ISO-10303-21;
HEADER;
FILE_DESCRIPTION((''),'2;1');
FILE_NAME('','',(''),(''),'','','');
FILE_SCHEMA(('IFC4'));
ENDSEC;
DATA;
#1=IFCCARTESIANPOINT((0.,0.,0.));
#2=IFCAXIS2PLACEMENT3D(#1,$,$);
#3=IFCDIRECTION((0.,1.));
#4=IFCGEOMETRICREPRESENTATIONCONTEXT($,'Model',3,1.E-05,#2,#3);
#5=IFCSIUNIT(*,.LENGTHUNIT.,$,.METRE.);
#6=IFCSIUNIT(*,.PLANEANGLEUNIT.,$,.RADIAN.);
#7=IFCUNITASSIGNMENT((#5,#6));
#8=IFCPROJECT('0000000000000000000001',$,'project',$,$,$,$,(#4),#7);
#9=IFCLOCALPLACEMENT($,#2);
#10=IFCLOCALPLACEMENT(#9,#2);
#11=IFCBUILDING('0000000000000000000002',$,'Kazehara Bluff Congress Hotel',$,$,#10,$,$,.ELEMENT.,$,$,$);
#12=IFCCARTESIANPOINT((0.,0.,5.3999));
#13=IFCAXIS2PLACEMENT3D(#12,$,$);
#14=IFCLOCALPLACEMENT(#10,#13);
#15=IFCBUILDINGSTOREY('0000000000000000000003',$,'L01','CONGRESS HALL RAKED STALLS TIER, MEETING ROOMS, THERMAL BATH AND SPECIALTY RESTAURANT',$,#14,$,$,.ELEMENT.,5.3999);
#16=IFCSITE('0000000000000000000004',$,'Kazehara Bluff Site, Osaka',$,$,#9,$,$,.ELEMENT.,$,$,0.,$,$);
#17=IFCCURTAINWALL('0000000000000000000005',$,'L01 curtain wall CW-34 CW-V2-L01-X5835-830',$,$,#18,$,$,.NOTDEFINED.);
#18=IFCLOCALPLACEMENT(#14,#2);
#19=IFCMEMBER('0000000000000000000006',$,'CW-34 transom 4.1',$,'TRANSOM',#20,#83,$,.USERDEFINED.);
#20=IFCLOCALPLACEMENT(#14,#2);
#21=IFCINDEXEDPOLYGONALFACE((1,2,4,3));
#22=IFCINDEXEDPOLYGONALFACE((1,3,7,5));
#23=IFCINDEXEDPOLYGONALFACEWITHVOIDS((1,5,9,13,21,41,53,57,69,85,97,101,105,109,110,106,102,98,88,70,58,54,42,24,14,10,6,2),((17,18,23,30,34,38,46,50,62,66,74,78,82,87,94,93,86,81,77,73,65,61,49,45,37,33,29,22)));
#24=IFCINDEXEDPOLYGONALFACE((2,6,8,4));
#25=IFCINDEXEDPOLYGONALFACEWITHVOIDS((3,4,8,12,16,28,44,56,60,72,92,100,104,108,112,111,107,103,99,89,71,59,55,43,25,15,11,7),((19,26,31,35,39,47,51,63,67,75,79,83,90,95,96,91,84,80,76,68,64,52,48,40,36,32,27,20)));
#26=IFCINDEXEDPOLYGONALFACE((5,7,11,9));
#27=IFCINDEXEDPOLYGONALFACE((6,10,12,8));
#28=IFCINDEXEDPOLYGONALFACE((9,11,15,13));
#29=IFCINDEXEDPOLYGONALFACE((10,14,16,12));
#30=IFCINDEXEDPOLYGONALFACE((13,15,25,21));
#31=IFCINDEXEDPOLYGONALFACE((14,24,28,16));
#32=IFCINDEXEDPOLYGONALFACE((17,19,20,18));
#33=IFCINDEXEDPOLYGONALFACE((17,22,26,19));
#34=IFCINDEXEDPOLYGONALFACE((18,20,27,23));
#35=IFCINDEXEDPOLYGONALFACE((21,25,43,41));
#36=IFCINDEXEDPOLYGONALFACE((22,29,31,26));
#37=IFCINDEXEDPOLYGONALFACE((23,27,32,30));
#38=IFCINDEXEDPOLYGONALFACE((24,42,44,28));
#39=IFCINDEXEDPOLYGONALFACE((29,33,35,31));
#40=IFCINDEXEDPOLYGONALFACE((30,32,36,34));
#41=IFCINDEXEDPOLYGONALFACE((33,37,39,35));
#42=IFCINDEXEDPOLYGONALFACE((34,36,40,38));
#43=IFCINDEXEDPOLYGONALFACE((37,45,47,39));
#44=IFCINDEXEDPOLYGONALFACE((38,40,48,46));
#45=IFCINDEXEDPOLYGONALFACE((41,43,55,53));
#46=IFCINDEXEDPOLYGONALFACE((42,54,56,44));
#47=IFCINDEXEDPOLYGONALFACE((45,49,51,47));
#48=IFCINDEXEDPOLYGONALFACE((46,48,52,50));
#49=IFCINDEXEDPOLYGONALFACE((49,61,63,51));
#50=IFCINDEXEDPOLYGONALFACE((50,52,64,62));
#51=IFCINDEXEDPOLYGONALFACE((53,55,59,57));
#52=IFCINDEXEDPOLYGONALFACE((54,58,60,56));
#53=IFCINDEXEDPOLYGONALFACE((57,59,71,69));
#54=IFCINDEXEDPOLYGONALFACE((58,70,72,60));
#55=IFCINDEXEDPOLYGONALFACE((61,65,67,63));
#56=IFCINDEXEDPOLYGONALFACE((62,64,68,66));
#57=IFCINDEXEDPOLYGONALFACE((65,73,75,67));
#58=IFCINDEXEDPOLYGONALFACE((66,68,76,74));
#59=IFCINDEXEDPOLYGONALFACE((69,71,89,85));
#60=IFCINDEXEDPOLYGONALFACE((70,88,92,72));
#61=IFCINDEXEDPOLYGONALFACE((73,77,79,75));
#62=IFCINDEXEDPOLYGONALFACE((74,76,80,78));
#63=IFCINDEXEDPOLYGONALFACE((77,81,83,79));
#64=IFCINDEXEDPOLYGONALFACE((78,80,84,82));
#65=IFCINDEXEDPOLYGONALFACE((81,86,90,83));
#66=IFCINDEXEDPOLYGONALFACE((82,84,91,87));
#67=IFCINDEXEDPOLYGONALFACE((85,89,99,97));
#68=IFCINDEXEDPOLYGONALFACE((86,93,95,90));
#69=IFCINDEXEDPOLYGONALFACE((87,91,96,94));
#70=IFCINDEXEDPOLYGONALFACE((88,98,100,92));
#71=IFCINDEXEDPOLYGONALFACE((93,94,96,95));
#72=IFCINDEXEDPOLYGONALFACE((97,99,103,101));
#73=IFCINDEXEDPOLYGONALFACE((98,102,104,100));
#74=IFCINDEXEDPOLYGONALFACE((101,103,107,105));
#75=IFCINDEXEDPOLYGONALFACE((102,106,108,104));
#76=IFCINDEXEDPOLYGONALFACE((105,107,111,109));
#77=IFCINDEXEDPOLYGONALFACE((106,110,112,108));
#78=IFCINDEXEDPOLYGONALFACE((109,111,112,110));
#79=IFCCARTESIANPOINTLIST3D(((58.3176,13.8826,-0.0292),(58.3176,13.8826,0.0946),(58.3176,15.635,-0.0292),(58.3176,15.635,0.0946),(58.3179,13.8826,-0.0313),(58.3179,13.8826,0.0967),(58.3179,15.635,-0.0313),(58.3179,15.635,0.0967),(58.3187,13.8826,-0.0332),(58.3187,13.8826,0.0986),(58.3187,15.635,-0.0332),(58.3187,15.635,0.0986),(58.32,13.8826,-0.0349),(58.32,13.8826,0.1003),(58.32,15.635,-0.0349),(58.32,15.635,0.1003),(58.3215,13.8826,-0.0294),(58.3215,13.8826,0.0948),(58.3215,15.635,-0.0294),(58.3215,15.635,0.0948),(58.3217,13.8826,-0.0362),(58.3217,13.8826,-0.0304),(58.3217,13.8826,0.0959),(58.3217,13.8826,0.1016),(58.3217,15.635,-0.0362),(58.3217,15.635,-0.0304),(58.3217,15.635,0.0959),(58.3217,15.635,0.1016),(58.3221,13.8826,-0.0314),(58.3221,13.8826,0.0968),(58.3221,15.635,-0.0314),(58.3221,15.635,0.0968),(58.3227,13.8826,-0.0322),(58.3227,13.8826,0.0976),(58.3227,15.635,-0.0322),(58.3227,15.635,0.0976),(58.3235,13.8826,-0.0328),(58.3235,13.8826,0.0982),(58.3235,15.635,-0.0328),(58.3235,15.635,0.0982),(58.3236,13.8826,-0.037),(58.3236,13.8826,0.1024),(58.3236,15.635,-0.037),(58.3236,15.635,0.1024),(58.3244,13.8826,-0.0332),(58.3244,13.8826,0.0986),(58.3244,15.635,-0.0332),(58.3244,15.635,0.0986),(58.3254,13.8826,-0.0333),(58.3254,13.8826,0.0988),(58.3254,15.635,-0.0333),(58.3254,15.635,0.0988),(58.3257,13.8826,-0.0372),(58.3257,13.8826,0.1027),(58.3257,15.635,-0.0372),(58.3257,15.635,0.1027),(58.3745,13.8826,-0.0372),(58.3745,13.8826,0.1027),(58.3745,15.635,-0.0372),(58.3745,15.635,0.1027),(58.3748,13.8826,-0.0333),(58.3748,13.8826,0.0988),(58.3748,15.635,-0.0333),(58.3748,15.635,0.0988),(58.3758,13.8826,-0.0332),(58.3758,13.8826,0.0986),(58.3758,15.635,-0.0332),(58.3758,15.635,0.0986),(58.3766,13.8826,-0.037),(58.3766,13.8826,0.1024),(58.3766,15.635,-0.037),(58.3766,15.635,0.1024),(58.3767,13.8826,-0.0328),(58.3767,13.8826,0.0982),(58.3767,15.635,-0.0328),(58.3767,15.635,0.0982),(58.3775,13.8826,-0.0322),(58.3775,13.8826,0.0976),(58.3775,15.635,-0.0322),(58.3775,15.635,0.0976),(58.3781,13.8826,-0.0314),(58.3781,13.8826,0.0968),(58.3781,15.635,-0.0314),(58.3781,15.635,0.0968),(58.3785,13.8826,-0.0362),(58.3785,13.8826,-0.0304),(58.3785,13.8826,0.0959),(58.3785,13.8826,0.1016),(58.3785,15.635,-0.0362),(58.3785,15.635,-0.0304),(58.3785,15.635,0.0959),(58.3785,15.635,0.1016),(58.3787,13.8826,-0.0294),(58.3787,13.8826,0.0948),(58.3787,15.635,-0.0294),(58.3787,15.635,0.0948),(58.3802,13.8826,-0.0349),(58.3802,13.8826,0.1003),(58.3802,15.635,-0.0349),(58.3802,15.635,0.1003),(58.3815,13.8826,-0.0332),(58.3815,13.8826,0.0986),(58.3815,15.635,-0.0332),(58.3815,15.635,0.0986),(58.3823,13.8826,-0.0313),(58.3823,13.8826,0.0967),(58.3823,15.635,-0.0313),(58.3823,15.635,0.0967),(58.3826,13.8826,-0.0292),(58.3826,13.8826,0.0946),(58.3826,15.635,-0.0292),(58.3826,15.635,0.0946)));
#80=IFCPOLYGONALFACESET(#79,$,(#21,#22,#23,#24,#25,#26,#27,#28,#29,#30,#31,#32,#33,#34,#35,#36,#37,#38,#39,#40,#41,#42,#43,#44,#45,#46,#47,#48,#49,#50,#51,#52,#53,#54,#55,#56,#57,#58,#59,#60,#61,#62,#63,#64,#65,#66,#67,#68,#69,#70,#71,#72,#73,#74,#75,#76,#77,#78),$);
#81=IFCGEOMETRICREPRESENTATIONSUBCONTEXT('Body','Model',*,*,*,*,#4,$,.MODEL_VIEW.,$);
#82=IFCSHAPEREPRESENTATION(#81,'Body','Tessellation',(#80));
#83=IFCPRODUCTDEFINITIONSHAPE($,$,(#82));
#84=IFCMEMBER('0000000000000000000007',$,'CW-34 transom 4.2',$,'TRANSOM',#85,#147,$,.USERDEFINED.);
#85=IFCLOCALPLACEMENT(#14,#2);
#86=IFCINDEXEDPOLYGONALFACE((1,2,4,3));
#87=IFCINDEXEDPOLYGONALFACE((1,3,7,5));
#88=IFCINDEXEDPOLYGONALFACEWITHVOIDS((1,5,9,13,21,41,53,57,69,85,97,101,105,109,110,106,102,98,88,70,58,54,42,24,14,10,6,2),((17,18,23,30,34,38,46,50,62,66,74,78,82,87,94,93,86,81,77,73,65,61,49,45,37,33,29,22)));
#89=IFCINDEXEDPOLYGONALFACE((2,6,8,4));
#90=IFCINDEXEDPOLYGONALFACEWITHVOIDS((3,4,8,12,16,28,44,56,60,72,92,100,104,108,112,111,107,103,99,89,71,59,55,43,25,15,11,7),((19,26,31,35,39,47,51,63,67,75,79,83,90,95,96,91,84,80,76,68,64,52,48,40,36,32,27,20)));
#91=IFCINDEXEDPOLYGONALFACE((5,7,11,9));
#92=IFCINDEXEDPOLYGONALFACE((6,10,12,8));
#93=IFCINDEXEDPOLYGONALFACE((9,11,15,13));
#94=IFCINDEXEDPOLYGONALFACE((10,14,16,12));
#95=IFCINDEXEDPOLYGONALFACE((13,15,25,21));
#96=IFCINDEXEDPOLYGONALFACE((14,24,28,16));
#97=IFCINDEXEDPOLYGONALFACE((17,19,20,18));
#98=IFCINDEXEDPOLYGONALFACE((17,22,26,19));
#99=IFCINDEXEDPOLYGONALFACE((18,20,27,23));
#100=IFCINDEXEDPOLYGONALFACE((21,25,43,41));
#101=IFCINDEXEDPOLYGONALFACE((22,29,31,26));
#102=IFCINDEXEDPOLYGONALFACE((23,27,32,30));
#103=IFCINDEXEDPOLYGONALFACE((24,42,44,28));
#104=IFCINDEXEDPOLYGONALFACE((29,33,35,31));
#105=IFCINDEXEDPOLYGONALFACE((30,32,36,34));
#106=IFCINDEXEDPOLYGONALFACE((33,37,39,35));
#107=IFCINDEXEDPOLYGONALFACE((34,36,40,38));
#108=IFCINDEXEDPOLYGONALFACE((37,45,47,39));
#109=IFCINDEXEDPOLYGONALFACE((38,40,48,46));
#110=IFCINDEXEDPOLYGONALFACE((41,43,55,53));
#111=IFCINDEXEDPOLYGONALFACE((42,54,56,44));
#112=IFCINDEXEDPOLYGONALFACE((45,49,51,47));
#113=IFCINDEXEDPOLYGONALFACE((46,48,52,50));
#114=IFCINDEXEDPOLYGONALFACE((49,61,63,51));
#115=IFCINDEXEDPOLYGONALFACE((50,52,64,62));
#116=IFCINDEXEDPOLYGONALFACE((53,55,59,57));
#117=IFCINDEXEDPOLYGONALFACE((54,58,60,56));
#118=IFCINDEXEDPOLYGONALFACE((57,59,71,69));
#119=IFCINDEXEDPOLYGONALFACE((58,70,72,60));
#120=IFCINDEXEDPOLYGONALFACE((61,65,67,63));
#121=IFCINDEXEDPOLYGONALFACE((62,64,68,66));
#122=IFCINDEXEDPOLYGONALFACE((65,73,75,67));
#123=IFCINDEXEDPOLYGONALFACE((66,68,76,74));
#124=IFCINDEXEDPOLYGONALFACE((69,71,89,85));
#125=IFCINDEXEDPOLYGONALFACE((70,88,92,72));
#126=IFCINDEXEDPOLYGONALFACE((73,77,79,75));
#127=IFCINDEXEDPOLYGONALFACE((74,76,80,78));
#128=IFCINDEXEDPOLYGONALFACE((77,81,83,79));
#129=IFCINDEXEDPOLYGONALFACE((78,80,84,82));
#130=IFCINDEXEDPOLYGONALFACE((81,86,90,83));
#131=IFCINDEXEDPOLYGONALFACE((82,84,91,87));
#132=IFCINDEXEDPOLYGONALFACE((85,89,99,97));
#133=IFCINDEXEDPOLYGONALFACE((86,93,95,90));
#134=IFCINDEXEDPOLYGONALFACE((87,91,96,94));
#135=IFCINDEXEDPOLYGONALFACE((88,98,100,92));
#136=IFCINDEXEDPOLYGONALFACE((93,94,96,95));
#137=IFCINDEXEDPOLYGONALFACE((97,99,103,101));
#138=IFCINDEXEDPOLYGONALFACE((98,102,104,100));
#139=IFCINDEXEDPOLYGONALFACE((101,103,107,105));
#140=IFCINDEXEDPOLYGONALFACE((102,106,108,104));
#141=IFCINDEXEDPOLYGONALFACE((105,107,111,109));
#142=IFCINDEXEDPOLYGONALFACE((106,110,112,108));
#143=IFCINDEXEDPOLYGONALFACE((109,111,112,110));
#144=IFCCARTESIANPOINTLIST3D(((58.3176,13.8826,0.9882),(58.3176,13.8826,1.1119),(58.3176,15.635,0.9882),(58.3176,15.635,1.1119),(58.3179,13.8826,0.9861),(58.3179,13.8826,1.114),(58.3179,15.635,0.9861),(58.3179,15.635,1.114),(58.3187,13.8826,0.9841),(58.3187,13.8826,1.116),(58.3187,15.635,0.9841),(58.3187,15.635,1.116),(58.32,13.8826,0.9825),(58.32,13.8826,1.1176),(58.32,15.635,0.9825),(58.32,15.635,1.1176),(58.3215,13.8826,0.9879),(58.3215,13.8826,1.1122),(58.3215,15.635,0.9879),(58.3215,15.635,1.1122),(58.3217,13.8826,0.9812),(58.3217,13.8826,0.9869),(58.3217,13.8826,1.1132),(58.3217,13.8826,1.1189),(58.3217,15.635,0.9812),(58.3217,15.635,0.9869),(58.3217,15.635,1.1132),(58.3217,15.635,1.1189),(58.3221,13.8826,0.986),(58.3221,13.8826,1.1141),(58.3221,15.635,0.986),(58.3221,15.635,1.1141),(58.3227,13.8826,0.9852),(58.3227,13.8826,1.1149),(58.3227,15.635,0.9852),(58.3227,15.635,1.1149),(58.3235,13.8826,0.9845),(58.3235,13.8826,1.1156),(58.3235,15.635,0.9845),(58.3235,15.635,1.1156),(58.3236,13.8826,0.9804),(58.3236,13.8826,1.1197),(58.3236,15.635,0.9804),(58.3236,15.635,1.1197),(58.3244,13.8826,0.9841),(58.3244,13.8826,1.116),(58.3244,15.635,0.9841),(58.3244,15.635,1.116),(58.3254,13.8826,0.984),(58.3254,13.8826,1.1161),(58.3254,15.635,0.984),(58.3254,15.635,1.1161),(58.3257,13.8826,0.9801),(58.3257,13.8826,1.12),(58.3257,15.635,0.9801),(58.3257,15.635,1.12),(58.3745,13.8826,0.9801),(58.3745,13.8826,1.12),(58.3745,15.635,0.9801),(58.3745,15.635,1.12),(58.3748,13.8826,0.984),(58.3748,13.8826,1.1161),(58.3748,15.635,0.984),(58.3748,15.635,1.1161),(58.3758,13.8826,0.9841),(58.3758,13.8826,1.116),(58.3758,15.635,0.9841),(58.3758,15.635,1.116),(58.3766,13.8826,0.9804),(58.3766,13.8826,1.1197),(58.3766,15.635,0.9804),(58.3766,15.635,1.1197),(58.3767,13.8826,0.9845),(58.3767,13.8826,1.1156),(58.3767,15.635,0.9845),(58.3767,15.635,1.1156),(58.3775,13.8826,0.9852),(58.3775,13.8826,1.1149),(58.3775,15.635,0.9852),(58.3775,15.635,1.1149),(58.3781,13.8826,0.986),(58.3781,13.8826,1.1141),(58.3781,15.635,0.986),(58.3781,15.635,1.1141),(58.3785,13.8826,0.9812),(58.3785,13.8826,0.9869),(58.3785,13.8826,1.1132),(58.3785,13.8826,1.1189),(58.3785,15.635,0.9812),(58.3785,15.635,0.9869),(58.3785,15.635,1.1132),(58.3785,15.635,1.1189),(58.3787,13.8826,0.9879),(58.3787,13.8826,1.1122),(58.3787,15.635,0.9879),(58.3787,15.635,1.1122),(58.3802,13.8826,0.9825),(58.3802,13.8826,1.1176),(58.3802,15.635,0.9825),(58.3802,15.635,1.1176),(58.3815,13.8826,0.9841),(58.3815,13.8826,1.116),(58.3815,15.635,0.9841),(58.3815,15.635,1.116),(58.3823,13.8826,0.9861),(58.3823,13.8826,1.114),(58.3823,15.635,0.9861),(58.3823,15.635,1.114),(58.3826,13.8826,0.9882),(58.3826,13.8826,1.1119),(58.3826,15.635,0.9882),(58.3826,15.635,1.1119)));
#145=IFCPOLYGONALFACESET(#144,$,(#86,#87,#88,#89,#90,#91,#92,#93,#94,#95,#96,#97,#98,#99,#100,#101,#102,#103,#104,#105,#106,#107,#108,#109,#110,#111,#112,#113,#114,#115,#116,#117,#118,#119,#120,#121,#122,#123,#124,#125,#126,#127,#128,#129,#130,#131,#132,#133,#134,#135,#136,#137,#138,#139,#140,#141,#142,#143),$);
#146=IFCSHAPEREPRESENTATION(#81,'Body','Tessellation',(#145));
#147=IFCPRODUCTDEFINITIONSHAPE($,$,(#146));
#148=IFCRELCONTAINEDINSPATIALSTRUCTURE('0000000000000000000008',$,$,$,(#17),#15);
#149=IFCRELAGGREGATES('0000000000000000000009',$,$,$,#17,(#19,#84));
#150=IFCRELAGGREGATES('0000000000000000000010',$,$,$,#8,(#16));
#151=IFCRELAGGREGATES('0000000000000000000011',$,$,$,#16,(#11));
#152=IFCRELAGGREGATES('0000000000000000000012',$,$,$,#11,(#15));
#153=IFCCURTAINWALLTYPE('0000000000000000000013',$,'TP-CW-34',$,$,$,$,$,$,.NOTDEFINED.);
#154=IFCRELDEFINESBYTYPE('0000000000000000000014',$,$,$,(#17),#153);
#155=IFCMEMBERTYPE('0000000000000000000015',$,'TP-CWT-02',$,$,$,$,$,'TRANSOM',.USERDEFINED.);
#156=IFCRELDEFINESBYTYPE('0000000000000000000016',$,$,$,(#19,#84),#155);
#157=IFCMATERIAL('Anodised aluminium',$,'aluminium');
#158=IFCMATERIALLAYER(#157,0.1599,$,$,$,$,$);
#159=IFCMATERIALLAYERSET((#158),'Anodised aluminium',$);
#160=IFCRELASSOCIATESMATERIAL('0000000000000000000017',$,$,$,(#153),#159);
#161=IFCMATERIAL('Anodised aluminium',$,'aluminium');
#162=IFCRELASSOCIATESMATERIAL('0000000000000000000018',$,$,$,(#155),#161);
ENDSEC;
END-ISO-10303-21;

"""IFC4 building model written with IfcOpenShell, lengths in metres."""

from ifc_helpers import new_model, si_unit, direction, frame, origin, origin_2d, place, context, subcontext, project, spatial, hollow_rectangle, extrude, material, layer, layer_set, material_profile, profile_set, type_object, element, aggregate, save


model = new_model("IFC4")

# Units and contexts
model_context = context("Model", 3, precision=1e-05, world=origin(), true_north=direction((0.0, 1.0)))
body_context = subcontext(model_context, "Body", "Model", "MODEL_VIEW")
ifc_project = project(units=[si_unit("LENGTHUNIT", "METRE"), si_unit("PLANEANGLEUNIT", "RADIAN")], contexts=[model_context])

# Site, building, storey
site_placement = place(None, origin())
site = spatial("IfcSite", under=ifc_project, at=site_placement, Name="Kazehara Bluff Site, Osaka", CompositionType="ELEMENT", RefElevation=0.0)
building_placement = place(site_placement, origin())
building = spatial("IfcBuilding", under=site, at=building_placement, Name="Kazehara Bluff Congress Hotel", CompositionType="ELEMENT")
storey_placement = place(building_placement, frame((0.0, 0.0, 5.3999)))
storey = spatial("IfcBuildingStorey", under=building, at=storey_placement, Name="L01", Description="CONGRESS HALL RAKED STALLS TIER, MEETING ROOMS, THERMAL BATH AND SPECIALTY RESTAURANT", CompositionType="ELEMENT", Elevation=5.3999)

# Curtain wall
ifc_material_1 = material(Name="Anodised aluminium", Category="aluminium")
ifc_layer_1 = layer(ifc_material_1, 0.1599)
ifc_layer_set_1 = layer_set([ifc_layer_1], Name="Anodised aluminium")
curtain_wall_type = type_object("IfcCurtainWallType", Name="TP-CW-34", PredefinedType="NOTDEFINED", material=ifc_layer_set_1)
curtain_wall_1_placement = place(storey_placement, origin())
curtain_wall_1 = element("IfcCurtainWall", 1, at=curtain_wall_1_placement, inside=storey, type_object=curtain_wall_type, Name="L01 curtain wall CW-34 CW-V2-L01-X5835-830", PredefinedType="NOTDEFINED")

# Members
ifc_material_2 = material(Name="Anodised aluminium", Category="aluminium")
ifc_material_profile_1 = material_profile(ifc_material_2, hollow_rectangle(XDim=0.0649, YDim=0.1399, WallThickness=0.0039, InnerFilletRadius=0.0039, OuterFilletRadius=0.0081, at=origin_2d()))
ifc_profile_set_1 = profile_set([ifc_material_profile_1], Name="Anodised aluminium")
member_type_1 = type_object("IfcMemberType", Name="TP-CWT-02", ElementType="TRANSOM", PredefinedType="USERDEFINED", material=ifc_profile_set_1)
member_1_placement = place(storey_placement, frame((58.3501, 13.8826, 0.0327), z_axis=(0.0, 1.0, 0.0), x_axis=(-1.0, 0.0, 0.0)))
member_1 = element("IfcMember", 2, at=member_1_placement, type_object=member_type_1, Name="CW-34 transom 4.1", ObjectType="TRANSOM", PredefinedType="USERDEFINED", context=body_context, shape_type="SweptSolid", body=[
    extrude(hollow_rectangle(XDim=0.0649, YDim=0.1399, WallThickness=0.0039, InnerFilletRadius=0.0039, OuterFilletRadius=0.0081, at=origin_2d()), origin(), (0.0, 0.0, 1.0), 1.7524),
])
member_2_placement = place(storey_placement, frame((58.3501, 13.8826, 1.05), z_axis=(0.0, 1.0, 0.0), x_axis=(-1.0, 0.0, 0.0)))
member_2 = element("IfcMember", 3, at=member_2_placement, type_object=member_type_1, Name="CW-34 transom 4.2", ObjectType="TRANSOM", PredefinedType="USERDEFINED", context=body_context, shape_type="SweptSolid", body=[
    extrude(hollow_rectangle(XDim=0.0649, YDim=0.1399, WallThickness=0.0039, InnerFilletRadius=0.0039, OuterFilletRadius=0.0081, at=origin_2d()), origin(), (0.0, 0.0, 1.0), 1.7524),
])

aggregate(curtain_wall_1, [member_1, member_2])

save(model, "model.ifc")
